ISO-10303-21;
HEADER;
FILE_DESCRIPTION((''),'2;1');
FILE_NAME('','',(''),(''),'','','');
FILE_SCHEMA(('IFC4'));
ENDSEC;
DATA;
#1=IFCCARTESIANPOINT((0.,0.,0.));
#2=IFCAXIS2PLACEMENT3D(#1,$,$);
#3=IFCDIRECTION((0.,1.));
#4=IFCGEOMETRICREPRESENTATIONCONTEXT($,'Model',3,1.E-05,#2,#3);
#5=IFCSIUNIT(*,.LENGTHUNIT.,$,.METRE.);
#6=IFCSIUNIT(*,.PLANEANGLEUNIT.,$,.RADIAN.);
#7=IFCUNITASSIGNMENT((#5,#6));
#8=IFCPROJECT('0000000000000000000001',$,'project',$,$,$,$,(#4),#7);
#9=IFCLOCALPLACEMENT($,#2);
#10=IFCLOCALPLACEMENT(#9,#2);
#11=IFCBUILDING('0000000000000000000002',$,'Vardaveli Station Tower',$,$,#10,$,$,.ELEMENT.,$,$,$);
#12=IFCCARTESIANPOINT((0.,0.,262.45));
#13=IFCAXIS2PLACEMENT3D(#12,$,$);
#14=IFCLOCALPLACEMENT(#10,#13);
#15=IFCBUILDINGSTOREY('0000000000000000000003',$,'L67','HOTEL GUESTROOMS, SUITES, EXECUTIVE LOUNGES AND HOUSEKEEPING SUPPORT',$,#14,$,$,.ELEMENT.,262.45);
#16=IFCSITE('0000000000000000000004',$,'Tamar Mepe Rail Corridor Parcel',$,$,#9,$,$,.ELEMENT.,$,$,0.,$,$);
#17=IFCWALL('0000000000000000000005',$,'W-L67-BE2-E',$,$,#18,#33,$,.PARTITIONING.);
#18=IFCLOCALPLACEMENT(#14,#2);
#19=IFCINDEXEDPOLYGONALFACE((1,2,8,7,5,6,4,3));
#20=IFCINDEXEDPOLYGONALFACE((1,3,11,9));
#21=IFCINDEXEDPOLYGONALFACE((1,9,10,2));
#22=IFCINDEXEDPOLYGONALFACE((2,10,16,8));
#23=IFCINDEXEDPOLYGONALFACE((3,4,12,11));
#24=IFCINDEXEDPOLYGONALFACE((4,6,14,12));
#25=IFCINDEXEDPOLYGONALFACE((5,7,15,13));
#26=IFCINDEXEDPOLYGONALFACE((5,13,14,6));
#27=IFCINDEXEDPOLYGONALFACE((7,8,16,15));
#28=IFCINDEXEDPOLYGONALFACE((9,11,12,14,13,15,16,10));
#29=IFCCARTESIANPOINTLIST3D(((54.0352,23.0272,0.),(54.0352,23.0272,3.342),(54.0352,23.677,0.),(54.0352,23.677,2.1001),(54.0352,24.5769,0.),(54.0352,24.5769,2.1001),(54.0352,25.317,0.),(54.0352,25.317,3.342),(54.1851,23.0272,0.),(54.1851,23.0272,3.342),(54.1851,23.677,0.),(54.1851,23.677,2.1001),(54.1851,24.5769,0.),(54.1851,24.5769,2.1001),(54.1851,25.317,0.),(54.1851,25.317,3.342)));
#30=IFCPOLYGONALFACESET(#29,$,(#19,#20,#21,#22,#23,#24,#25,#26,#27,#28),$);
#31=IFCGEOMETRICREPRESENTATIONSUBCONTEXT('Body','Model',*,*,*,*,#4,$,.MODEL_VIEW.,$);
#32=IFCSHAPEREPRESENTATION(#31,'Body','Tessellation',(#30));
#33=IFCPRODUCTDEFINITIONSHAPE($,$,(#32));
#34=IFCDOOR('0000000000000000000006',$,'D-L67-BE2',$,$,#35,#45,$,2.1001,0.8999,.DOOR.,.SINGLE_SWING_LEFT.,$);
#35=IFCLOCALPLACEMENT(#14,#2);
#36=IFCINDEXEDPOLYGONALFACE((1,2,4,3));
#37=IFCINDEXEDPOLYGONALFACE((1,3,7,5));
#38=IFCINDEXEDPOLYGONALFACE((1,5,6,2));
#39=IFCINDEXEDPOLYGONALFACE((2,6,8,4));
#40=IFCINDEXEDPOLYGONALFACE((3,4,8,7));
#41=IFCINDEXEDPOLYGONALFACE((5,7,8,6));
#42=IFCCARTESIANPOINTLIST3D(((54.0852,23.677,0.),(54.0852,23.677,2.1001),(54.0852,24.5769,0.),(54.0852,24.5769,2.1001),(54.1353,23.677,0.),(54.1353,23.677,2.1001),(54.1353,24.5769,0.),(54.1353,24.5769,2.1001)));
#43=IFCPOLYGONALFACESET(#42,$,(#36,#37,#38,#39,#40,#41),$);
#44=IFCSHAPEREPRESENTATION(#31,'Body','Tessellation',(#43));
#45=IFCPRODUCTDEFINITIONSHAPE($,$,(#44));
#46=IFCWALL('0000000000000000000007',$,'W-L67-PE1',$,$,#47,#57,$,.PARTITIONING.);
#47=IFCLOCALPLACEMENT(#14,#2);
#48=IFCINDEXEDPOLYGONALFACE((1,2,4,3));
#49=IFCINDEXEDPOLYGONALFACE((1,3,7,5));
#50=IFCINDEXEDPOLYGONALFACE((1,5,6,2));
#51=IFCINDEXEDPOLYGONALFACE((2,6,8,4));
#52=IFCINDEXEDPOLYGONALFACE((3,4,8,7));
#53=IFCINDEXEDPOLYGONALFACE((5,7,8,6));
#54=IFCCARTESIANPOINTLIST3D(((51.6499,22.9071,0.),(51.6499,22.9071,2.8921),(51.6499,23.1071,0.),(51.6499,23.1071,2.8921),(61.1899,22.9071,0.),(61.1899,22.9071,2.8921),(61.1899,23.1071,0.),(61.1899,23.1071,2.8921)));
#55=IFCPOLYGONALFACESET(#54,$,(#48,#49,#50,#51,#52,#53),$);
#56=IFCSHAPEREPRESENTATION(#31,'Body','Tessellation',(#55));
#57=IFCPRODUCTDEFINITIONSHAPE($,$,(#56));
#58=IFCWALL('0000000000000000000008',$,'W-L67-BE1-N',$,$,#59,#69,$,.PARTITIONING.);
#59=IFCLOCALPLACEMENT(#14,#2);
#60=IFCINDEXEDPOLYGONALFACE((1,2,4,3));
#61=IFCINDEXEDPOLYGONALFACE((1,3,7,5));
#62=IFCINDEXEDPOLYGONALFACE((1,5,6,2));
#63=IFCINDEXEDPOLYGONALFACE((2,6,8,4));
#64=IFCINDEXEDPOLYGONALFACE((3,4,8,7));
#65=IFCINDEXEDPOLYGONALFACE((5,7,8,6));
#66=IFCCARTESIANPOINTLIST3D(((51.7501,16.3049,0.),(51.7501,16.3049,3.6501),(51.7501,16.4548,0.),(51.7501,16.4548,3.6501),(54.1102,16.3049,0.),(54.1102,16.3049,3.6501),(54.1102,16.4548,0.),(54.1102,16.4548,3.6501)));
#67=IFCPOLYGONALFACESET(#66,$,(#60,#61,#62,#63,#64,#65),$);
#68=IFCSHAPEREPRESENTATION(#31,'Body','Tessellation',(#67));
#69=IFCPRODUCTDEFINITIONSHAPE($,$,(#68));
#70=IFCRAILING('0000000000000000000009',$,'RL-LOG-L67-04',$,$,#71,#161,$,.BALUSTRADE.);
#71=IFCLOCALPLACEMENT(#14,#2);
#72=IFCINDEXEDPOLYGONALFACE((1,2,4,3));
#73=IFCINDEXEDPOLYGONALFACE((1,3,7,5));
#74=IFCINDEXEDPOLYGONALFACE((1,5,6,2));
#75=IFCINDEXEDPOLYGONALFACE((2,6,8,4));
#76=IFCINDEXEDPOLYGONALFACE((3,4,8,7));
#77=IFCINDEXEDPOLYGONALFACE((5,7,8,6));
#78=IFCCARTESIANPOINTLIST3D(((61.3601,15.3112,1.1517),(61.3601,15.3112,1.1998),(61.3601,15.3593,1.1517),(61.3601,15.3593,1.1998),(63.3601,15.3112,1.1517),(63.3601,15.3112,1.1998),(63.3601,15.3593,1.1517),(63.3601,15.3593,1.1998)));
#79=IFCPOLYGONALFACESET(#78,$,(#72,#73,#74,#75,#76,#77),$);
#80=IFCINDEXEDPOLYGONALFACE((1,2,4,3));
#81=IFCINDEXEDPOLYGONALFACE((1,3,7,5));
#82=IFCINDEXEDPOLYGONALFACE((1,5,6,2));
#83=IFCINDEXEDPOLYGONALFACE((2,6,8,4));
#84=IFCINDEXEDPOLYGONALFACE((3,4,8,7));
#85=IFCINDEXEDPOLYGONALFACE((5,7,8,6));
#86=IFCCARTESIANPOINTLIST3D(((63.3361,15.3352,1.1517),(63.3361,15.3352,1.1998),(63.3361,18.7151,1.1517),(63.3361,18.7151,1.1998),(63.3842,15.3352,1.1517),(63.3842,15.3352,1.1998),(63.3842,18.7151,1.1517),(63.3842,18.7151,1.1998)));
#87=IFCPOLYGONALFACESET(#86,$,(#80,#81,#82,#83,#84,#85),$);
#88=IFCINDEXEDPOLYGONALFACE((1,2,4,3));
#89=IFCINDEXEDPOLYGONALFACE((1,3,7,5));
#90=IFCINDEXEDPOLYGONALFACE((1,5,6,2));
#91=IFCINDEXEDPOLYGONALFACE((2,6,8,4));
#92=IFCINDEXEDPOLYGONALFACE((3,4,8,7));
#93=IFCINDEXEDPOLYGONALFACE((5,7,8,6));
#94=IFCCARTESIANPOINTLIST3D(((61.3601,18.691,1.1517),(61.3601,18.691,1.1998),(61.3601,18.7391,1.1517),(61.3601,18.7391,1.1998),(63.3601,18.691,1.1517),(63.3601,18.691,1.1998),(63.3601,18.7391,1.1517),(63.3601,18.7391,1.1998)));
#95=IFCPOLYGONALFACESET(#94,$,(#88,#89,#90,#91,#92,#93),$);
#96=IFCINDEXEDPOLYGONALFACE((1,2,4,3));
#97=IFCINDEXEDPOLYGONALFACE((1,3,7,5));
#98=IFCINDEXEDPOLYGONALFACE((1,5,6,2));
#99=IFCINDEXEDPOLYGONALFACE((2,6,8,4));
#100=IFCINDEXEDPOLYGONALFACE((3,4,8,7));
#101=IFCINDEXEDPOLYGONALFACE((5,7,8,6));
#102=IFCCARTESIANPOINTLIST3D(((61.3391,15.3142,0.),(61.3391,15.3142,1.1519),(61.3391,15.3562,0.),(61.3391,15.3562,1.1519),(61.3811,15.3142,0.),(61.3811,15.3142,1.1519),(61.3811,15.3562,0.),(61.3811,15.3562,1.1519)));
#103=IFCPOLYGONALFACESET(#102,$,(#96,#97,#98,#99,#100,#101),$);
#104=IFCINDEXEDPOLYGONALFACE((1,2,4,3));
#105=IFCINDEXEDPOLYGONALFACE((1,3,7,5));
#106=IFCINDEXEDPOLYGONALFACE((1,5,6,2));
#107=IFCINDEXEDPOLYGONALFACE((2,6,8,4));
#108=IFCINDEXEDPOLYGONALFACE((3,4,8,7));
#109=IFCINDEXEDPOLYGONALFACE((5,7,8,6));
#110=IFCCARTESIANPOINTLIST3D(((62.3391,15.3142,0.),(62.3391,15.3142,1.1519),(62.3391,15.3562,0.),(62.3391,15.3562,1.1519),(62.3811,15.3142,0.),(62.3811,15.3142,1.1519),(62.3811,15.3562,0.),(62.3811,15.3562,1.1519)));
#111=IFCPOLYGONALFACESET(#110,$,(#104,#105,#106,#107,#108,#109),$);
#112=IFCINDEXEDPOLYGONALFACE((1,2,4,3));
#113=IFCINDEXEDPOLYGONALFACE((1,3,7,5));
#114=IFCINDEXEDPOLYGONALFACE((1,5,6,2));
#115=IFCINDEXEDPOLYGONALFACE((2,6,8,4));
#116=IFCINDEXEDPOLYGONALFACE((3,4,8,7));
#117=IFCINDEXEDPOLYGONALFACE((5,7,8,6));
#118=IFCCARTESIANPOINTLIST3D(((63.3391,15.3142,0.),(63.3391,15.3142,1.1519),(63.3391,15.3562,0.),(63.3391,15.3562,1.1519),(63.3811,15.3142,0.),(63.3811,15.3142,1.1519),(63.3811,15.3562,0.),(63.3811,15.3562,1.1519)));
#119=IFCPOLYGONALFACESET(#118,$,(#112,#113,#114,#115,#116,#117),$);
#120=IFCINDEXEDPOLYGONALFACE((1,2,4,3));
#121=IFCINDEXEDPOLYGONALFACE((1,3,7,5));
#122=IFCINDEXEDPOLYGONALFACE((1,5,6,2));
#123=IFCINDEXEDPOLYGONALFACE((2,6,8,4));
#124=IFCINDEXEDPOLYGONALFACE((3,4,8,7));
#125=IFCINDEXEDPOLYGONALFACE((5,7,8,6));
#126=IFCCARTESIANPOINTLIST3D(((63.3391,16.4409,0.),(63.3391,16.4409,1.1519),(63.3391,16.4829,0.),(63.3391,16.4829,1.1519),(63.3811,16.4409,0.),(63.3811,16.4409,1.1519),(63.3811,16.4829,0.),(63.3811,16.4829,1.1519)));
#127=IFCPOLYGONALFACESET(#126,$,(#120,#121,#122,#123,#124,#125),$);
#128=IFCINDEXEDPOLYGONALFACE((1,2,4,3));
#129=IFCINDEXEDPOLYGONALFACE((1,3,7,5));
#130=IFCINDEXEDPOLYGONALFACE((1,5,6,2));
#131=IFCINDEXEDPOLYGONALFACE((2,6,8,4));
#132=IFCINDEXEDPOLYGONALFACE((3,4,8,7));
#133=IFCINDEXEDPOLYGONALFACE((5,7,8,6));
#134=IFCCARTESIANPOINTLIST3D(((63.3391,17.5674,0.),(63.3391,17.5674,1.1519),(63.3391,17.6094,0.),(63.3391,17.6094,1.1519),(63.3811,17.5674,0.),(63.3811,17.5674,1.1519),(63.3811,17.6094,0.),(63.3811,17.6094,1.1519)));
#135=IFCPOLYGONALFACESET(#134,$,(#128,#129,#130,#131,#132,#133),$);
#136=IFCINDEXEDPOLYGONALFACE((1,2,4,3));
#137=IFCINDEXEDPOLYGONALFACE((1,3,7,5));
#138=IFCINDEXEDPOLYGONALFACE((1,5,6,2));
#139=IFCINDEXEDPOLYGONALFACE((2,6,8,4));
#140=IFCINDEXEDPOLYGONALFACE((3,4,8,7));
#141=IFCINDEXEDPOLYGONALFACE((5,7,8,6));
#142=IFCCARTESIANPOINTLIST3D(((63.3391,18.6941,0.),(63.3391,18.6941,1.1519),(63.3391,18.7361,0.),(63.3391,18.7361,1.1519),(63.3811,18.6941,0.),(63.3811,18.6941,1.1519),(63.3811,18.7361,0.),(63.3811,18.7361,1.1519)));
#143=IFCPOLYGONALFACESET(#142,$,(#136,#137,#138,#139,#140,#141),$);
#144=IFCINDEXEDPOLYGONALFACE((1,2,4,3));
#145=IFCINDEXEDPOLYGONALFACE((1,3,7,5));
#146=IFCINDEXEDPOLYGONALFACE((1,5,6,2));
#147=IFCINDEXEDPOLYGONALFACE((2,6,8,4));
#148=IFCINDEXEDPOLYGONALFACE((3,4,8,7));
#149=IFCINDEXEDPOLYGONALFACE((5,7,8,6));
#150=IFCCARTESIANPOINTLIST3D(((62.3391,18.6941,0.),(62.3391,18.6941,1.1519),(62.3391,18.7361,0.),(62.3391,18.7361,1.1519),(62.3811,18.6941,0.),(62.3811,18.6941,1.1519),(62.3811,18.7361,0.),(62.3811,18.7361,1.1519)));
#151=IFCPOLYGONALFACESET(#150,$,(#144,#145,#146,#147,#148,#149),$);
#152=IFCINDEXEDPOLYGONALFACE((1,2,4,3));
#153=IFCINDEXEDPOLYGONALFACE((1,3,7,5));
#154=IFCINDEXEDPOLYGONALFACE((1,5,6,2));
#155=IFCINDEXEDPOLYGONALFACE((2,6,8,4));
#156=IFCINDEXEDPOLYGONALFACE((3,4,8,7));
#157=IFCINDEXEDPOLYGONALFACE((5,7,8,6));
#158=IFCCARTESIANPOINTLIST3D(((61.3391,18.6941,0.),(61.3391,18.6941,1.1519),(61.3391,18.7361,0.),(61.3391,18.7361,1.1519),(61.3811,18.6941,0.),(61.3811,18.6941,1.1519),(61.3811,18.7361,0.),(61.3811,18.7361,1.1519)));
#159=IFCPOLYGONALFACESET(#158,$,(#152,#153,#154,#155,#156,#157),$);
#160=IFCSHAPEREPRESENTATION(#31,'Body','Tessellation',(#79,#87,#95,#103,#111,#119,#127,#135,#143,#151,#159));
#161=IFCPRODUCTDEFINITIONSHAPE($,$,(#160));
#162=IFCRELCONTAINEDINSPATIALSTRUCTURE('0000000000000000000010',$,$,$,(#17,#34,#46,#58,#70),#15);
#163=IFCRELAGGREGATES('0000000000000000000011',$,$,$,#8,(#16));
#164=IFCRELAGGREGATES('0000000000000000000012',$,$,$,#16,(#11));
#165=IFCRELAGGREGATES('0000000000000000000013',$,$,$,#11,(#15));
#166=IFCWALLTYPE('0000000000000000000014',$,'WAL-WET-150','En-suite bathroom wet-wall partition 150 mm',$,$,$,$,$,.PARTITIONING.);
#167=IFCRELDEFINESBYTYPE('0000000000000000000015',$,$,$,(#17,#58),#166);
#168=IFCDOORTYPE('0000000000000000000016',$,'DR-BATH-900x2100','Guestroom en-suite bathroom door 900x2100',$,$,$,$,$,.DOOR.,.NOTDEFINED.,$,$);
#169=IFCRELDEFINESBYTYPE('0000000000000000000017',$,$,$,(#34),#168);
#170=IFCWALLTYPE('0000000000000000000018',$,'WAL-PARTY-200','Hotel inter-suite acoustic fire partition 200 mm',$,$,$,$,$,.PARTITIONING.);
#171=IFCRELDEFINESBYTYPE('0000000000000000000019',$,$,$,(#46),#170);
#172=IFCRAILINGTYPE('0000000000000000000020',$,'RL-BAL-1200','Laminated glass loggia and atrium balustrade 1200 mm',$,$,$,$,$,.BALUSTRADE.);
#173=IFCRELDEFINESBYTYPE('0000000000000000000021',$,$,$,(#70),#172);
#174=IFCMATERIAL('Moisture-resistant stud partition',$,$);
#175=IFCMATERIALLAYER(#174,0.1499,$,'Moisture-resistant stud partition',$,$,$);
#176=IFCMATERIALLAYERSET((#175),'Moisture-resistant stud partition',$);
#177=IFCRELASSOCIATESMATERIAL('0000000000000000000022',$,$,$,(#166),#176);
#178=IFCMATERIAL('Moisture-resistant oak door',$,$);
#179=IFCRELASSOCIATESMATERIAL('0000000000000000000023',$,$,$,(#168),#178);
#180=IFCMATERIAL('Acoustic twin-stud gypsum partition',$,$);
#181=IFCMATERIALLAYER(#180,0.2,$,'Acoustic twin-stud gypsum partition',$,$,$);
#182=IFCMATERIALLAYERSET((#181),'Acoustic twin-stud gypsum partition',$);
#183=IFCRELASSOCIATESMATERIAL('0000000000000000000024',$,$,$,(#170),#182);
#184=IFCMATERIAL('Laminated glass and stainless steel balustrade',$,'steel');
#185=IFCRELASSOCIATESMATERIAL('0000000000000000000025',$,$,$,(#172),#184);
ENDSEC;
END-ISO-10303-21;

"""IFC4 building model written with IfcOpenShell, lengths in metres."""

from ifc_helpers import new_model, si_unit, direction, frame, frame_2d, origin, origin_2d, place, context, subcontext, project, spatial, rectangle, extrude, source, transform, mapped, material, layer, layer_set, type_object, element, fill, save


model = new_model("IFC4")

# Units and contexts
model_context = context("Model", 3, precision=1e-05, world=origin(), true_north=direction((0.0, 1.0)))
body_context = subcontext(model_context, "Body", "Model", "MODEL_VIEW")
ifc_project = project(units=[si_unit("LENGTHUNIT", "METRE"), si_unit("PLANEANGLEUNIT", "RADIAN")], contexts=[model_context])

# Site, building, storey
site_placement = place(None, origin())
site = spatial("IfcSite", under=ifc_project, at=site_placement, Name="Tamar Mepe Rail Corridor Parcel", CompositionType="ELEMENT", RefElevation=0.0)
building_placement = place(site_placement, origin())
building = spatial("IfcBuilding", under=site, at=building_placement, Name="Vardaveli Station Tower", CompositionType="ELEMENT")
storey_placement = place(building_placement, frame((0.0, 0.0, 262.45)))
storey = spatial("IfcBuildingStorey", under=building, at=storey_placement, Name="L67", Description="HOTEL GUESTROOMS, SUITES, EXECUTIVE LOUNGES AND HOUSEKEEPING SUPPORT", CompositionType="ELEMENT", Elevation=262.45)

# Wall, opening, door
ifc_material_1 = material(Name="Moisture-resistant stud partition")
ifc_layer_1 = layer(ifc_material_1, 0.1499, Name="Moisture-resistant stud partition")
ifc_layer_set_1 = layer_set([ifc_layer_1], Name="Moisture-resistant stud partition")
wall_type_1 = type_object("IfcWallType", Name="WAL-WET-150", Description="En-suite bathroom wet-wall partition 150 mm", PredefinedType="PARTITIONING", material=ifc_layer_set_1)
shared_shape_1 = source(origin(), body_context, "Body", "SweptSolid", [
    extrude(rectangle(XDim=2.2898, YDim=0.1499, at=frame_2d((1.145, 0.0))), origin(), (0.0, 0.0, 1.0), 3.342),
])
wall_1_placement = place(storey_placement, frame((54.1101, 23.0271, 0.0), z_axis=(0.0, 0.0, 1.0), x_axis=(0.0, 1.0, 0.0)))
wall_1 = element("IfcWall", 1, at=wall_1_placement, inside=storey, type_object=wall_type_1, Name="W-L67-BE2-E", PredefinedType="PARTITIONING", context=body_context, shape_type="MappedRepresentation", body=[
    mapped(shared_shape_1, transform((0.0, 0.0, 0.0), scale=1.0)),
])
shared_shape_2 = source(origin(), body_context, "Body", "SweptSolid", [
    extrude(rectangle(XDim=0.8999, YDim=2.1001, at=frame_2d((0.45, 1.05))), frame((0.0, 0.085, 0.0), z_axis=(0.0, -1.0, 0.0), x_axis=(1.0, 0.0, 0.0)), (0.0, 0.0, 1.0), 0.1699),
])
opening_placement = place(wall_1_placement, frame((0.6499, 0.0, 0.0)))
opening = element("IfcOpeningElement", 2, at=opening_placement, cuts=wall_1, PredefinedType="OPENING", context=body_context, shape_type="MappedRepresentation", body=[
    mapped(shared_shape_2, transform((0.0, 0.0, 0.0), scale=1.0)),
])
ifc_material_2 = material(Name="Moisture-resistant oak door")
door_type = type_object("IfcDoorType", Name="DR-BATH-900x2100", Description="Guestroom en-suite bathroom door 900x2100", OperationType="NOTDEFINED", PredefinedType="DOOR", material=ifc_material_2)
shared_shape_3 = source(origin(), body_context, "Body", "SweptSolid", [
    extrude(rectangle(XDim=0.8999, YDim=2.1001, at=frame_2d((0.45, 1.05))), frame((0.0, 0.0249, 0.0), z_axis=(0.0, -1.0, 0.0), x_axis=(1.0, 0.0, 0.0)), (0.0, 0.0, 1.0), 0.05),
])
door_placement = place(opening_placement, origin())
door = element("IfcDoor", 3, at=door_placement, inside=storey, type_object=door_type, Name="D-L67-BE2", OperationType="SINGLE_SWING_LEFT", OverallHeight=2.1001, OverallWidth=0.8999, PredefinedType="DOOR", context=body_context, shape_type="MappedRepresentation", body=[
    mapped(shared_shape_3, transform((0.0, 0.0, 0.0), scale=1.0)),
])
fill(opening, door)

# Walls
ifc_material_3 = material(Name="Acoustic twin-stud gypsum partition")
ifc_layer_2 = layer(ifc_material_3, 0.2, Name="Acoustic twin-stud gypsum partition")
ifc_layer_set_2 = layer_set([ifc_layer_2], Name="Acoustic twin-stud gypsum partition")
wall_type_2 = type_object("IfcWallType", Name="WAL-PARTY-200", Description="Hotel inter-suite acoustic fire partition 200 mm", PredefinedType="PARTITIONING", material=ifc_layer_set_2)
shared_shape_4 = source(origin(), body_context, "Body", "SweptSolid", [
    extrude(rectangle(XDim=9.54, YDim=0.2, at=frame_2d((4.77, 0.0))), origin(), (0.0, 0.0, 1.0), 2.8921),
])
wall_2_placement = place(storey_placement, frame((51.6499, 23.0071, 0.0), z_axis=(0.0, 0.0, 1.0), x_axis=(1.0, 0.0, 0.0)))
element("IfcWall", 4, at=wall_2_placement, inside=storey, type_object=wall_type_2, Name="W-L67-PE1", PredefinedType="PARTITIONING", context=body_context, shape_type="MappedRepresentation", body=[
    mapped(shared_shape_4, transform((0.0, 0.0, 0.0), scale=1.0)),
])
shared_shape_5 = source(origin(), body_context, "Body", "SweptSolid", [
    extrude(rectangle(XDim=2.3601, YDim=0.1499, at=frame_2d((1.1802, 0.0))), origin(), (0.0, 0.0, 1.0), 3.6501),
])
wall_3_placement = place(storey_placement, frame((51.75, 16.3799, 0.0), z_axis=(0.0, 0.0, 1.0), x_axis=(1.0, 0.0, 0.0)))
element("IfcWall", 5, at=wall_3_placement, inside=storey, type_object=wall_type_1, Name="W-L67-BE1-N", PredefinedType="PARTITIONING", context=body_context, shape_type="MappedRepresentation", body=[
    mapped(shared_shape_5, transform((0.0, 0.0, 0.0), scale=1.0)),
])

# Railing
ifc_material_4 = material(Name="Laminated glass and stainless steel balustrade", Category="steel")
railing_type = type_object("IfcRailingType", Name="RL-BAL-1200", Description="Laminated glass loggia and atrium balustrade 1200 mm", PredefinedType="BALUSTRADE", material=ifc_material_4)
shared_shape_6 = source(origin(), body_context, "Body", "SweptSolid", [
    extrude(rectangle(XDim=0.0481, YDim=0.0481, at=origin_2d()), frame((0.0, 0.0, 1.1758), z_axis=(1.0, 0.0, 0.0), x_axis=(0.0, 1.0, 0.0)), (0.0, 0.0, 1.0), 2.0),
    extrude(rectangle(XDim=0.0481, YDim=0.0481, at=origin_2d()), frame((2.0, 0.0, 1.1758), z_axis=(0.0, 1.0, 0.0), x_axis=(-1.0, 0.0, 0.0)), (0.0, 0.0, 1.0), 3.3799),
    extrude(rectangle(XDim=0.0481, YDim=0.0481, at=origin_2d()), frame((2.0, 3.3799, 1.1758), z_axis=(-1.0, 0.0, 0.0), x_axis=(0.0, -1.0, 0.0)), (0.0, 0.0, 1.0), 2.0),
    extrude(rectangle(XDim=0.042, YDim=0.042, at=origin_2d()), origin(), (0.0, 0.0, 1.0), 1.1519),
    extrude(rectangle(XDim=0.042, YDim=0.042, at=origin_2d()), frame((1.0, 0.0, 0.0)), (0.0, 0.0, 1.0), 1.1519),
    extrude(rectangle(XDim=0.042, YDim=0.042, at=origin_2d()), frame((2.0, 0.0, 0.0)), (0.0, 0.0, 1.0), 1.1519),
    extrude(rectangle(XDim=0.042, YDim=0.042, at=origin_2d()), frame((2.0, 1.1267, 0.0)), (0.0, 0.0, 1.0), 1.1519),
    extrude(rectangle(XDim=0.042, YDim=0.042, at=origin_2d()), frame((2.0, 2.2532, 0.0)), (0.0, 0.0, 1.0), 1.1519),
    extrude(rectangle(XDim=0.042, YDim=0.042, at=origin_2d()), frame((2.0, 3.3799, 0.0)), (0.0, 0.0, 1.0), 1.1519),
    extrude(rectangle(XDim=0.042, YDim=0.042, at=origin_2d()), frame((1.0, 3.3799, 0.0)), (0.0, 0.0, 1.0), 1.1519),
    extrude(rectangle(XDim=0.042, YDim=0.042, at=origin_2d()), frame((0.0, 3.3799, 0.0)), (0.0, 0.0, 1.0), 1.1519),
])
railing_placement = place(storey_placement, frame((61.3601, 15.3352, 0.0)))
element("IfcRailing", 6, at=railing_placement, inside=storey, type_object=railing_type, Name="RL-LOG-L67-04", PredefinedType="BALUSTRADE", context=body_context, shape_type="MappedRepresentation", body=[
    mapped(shared_shape_6, transform((0.0, 0.0, 0.0), scale=1.0)),
])

save(model, "model.ifc")
